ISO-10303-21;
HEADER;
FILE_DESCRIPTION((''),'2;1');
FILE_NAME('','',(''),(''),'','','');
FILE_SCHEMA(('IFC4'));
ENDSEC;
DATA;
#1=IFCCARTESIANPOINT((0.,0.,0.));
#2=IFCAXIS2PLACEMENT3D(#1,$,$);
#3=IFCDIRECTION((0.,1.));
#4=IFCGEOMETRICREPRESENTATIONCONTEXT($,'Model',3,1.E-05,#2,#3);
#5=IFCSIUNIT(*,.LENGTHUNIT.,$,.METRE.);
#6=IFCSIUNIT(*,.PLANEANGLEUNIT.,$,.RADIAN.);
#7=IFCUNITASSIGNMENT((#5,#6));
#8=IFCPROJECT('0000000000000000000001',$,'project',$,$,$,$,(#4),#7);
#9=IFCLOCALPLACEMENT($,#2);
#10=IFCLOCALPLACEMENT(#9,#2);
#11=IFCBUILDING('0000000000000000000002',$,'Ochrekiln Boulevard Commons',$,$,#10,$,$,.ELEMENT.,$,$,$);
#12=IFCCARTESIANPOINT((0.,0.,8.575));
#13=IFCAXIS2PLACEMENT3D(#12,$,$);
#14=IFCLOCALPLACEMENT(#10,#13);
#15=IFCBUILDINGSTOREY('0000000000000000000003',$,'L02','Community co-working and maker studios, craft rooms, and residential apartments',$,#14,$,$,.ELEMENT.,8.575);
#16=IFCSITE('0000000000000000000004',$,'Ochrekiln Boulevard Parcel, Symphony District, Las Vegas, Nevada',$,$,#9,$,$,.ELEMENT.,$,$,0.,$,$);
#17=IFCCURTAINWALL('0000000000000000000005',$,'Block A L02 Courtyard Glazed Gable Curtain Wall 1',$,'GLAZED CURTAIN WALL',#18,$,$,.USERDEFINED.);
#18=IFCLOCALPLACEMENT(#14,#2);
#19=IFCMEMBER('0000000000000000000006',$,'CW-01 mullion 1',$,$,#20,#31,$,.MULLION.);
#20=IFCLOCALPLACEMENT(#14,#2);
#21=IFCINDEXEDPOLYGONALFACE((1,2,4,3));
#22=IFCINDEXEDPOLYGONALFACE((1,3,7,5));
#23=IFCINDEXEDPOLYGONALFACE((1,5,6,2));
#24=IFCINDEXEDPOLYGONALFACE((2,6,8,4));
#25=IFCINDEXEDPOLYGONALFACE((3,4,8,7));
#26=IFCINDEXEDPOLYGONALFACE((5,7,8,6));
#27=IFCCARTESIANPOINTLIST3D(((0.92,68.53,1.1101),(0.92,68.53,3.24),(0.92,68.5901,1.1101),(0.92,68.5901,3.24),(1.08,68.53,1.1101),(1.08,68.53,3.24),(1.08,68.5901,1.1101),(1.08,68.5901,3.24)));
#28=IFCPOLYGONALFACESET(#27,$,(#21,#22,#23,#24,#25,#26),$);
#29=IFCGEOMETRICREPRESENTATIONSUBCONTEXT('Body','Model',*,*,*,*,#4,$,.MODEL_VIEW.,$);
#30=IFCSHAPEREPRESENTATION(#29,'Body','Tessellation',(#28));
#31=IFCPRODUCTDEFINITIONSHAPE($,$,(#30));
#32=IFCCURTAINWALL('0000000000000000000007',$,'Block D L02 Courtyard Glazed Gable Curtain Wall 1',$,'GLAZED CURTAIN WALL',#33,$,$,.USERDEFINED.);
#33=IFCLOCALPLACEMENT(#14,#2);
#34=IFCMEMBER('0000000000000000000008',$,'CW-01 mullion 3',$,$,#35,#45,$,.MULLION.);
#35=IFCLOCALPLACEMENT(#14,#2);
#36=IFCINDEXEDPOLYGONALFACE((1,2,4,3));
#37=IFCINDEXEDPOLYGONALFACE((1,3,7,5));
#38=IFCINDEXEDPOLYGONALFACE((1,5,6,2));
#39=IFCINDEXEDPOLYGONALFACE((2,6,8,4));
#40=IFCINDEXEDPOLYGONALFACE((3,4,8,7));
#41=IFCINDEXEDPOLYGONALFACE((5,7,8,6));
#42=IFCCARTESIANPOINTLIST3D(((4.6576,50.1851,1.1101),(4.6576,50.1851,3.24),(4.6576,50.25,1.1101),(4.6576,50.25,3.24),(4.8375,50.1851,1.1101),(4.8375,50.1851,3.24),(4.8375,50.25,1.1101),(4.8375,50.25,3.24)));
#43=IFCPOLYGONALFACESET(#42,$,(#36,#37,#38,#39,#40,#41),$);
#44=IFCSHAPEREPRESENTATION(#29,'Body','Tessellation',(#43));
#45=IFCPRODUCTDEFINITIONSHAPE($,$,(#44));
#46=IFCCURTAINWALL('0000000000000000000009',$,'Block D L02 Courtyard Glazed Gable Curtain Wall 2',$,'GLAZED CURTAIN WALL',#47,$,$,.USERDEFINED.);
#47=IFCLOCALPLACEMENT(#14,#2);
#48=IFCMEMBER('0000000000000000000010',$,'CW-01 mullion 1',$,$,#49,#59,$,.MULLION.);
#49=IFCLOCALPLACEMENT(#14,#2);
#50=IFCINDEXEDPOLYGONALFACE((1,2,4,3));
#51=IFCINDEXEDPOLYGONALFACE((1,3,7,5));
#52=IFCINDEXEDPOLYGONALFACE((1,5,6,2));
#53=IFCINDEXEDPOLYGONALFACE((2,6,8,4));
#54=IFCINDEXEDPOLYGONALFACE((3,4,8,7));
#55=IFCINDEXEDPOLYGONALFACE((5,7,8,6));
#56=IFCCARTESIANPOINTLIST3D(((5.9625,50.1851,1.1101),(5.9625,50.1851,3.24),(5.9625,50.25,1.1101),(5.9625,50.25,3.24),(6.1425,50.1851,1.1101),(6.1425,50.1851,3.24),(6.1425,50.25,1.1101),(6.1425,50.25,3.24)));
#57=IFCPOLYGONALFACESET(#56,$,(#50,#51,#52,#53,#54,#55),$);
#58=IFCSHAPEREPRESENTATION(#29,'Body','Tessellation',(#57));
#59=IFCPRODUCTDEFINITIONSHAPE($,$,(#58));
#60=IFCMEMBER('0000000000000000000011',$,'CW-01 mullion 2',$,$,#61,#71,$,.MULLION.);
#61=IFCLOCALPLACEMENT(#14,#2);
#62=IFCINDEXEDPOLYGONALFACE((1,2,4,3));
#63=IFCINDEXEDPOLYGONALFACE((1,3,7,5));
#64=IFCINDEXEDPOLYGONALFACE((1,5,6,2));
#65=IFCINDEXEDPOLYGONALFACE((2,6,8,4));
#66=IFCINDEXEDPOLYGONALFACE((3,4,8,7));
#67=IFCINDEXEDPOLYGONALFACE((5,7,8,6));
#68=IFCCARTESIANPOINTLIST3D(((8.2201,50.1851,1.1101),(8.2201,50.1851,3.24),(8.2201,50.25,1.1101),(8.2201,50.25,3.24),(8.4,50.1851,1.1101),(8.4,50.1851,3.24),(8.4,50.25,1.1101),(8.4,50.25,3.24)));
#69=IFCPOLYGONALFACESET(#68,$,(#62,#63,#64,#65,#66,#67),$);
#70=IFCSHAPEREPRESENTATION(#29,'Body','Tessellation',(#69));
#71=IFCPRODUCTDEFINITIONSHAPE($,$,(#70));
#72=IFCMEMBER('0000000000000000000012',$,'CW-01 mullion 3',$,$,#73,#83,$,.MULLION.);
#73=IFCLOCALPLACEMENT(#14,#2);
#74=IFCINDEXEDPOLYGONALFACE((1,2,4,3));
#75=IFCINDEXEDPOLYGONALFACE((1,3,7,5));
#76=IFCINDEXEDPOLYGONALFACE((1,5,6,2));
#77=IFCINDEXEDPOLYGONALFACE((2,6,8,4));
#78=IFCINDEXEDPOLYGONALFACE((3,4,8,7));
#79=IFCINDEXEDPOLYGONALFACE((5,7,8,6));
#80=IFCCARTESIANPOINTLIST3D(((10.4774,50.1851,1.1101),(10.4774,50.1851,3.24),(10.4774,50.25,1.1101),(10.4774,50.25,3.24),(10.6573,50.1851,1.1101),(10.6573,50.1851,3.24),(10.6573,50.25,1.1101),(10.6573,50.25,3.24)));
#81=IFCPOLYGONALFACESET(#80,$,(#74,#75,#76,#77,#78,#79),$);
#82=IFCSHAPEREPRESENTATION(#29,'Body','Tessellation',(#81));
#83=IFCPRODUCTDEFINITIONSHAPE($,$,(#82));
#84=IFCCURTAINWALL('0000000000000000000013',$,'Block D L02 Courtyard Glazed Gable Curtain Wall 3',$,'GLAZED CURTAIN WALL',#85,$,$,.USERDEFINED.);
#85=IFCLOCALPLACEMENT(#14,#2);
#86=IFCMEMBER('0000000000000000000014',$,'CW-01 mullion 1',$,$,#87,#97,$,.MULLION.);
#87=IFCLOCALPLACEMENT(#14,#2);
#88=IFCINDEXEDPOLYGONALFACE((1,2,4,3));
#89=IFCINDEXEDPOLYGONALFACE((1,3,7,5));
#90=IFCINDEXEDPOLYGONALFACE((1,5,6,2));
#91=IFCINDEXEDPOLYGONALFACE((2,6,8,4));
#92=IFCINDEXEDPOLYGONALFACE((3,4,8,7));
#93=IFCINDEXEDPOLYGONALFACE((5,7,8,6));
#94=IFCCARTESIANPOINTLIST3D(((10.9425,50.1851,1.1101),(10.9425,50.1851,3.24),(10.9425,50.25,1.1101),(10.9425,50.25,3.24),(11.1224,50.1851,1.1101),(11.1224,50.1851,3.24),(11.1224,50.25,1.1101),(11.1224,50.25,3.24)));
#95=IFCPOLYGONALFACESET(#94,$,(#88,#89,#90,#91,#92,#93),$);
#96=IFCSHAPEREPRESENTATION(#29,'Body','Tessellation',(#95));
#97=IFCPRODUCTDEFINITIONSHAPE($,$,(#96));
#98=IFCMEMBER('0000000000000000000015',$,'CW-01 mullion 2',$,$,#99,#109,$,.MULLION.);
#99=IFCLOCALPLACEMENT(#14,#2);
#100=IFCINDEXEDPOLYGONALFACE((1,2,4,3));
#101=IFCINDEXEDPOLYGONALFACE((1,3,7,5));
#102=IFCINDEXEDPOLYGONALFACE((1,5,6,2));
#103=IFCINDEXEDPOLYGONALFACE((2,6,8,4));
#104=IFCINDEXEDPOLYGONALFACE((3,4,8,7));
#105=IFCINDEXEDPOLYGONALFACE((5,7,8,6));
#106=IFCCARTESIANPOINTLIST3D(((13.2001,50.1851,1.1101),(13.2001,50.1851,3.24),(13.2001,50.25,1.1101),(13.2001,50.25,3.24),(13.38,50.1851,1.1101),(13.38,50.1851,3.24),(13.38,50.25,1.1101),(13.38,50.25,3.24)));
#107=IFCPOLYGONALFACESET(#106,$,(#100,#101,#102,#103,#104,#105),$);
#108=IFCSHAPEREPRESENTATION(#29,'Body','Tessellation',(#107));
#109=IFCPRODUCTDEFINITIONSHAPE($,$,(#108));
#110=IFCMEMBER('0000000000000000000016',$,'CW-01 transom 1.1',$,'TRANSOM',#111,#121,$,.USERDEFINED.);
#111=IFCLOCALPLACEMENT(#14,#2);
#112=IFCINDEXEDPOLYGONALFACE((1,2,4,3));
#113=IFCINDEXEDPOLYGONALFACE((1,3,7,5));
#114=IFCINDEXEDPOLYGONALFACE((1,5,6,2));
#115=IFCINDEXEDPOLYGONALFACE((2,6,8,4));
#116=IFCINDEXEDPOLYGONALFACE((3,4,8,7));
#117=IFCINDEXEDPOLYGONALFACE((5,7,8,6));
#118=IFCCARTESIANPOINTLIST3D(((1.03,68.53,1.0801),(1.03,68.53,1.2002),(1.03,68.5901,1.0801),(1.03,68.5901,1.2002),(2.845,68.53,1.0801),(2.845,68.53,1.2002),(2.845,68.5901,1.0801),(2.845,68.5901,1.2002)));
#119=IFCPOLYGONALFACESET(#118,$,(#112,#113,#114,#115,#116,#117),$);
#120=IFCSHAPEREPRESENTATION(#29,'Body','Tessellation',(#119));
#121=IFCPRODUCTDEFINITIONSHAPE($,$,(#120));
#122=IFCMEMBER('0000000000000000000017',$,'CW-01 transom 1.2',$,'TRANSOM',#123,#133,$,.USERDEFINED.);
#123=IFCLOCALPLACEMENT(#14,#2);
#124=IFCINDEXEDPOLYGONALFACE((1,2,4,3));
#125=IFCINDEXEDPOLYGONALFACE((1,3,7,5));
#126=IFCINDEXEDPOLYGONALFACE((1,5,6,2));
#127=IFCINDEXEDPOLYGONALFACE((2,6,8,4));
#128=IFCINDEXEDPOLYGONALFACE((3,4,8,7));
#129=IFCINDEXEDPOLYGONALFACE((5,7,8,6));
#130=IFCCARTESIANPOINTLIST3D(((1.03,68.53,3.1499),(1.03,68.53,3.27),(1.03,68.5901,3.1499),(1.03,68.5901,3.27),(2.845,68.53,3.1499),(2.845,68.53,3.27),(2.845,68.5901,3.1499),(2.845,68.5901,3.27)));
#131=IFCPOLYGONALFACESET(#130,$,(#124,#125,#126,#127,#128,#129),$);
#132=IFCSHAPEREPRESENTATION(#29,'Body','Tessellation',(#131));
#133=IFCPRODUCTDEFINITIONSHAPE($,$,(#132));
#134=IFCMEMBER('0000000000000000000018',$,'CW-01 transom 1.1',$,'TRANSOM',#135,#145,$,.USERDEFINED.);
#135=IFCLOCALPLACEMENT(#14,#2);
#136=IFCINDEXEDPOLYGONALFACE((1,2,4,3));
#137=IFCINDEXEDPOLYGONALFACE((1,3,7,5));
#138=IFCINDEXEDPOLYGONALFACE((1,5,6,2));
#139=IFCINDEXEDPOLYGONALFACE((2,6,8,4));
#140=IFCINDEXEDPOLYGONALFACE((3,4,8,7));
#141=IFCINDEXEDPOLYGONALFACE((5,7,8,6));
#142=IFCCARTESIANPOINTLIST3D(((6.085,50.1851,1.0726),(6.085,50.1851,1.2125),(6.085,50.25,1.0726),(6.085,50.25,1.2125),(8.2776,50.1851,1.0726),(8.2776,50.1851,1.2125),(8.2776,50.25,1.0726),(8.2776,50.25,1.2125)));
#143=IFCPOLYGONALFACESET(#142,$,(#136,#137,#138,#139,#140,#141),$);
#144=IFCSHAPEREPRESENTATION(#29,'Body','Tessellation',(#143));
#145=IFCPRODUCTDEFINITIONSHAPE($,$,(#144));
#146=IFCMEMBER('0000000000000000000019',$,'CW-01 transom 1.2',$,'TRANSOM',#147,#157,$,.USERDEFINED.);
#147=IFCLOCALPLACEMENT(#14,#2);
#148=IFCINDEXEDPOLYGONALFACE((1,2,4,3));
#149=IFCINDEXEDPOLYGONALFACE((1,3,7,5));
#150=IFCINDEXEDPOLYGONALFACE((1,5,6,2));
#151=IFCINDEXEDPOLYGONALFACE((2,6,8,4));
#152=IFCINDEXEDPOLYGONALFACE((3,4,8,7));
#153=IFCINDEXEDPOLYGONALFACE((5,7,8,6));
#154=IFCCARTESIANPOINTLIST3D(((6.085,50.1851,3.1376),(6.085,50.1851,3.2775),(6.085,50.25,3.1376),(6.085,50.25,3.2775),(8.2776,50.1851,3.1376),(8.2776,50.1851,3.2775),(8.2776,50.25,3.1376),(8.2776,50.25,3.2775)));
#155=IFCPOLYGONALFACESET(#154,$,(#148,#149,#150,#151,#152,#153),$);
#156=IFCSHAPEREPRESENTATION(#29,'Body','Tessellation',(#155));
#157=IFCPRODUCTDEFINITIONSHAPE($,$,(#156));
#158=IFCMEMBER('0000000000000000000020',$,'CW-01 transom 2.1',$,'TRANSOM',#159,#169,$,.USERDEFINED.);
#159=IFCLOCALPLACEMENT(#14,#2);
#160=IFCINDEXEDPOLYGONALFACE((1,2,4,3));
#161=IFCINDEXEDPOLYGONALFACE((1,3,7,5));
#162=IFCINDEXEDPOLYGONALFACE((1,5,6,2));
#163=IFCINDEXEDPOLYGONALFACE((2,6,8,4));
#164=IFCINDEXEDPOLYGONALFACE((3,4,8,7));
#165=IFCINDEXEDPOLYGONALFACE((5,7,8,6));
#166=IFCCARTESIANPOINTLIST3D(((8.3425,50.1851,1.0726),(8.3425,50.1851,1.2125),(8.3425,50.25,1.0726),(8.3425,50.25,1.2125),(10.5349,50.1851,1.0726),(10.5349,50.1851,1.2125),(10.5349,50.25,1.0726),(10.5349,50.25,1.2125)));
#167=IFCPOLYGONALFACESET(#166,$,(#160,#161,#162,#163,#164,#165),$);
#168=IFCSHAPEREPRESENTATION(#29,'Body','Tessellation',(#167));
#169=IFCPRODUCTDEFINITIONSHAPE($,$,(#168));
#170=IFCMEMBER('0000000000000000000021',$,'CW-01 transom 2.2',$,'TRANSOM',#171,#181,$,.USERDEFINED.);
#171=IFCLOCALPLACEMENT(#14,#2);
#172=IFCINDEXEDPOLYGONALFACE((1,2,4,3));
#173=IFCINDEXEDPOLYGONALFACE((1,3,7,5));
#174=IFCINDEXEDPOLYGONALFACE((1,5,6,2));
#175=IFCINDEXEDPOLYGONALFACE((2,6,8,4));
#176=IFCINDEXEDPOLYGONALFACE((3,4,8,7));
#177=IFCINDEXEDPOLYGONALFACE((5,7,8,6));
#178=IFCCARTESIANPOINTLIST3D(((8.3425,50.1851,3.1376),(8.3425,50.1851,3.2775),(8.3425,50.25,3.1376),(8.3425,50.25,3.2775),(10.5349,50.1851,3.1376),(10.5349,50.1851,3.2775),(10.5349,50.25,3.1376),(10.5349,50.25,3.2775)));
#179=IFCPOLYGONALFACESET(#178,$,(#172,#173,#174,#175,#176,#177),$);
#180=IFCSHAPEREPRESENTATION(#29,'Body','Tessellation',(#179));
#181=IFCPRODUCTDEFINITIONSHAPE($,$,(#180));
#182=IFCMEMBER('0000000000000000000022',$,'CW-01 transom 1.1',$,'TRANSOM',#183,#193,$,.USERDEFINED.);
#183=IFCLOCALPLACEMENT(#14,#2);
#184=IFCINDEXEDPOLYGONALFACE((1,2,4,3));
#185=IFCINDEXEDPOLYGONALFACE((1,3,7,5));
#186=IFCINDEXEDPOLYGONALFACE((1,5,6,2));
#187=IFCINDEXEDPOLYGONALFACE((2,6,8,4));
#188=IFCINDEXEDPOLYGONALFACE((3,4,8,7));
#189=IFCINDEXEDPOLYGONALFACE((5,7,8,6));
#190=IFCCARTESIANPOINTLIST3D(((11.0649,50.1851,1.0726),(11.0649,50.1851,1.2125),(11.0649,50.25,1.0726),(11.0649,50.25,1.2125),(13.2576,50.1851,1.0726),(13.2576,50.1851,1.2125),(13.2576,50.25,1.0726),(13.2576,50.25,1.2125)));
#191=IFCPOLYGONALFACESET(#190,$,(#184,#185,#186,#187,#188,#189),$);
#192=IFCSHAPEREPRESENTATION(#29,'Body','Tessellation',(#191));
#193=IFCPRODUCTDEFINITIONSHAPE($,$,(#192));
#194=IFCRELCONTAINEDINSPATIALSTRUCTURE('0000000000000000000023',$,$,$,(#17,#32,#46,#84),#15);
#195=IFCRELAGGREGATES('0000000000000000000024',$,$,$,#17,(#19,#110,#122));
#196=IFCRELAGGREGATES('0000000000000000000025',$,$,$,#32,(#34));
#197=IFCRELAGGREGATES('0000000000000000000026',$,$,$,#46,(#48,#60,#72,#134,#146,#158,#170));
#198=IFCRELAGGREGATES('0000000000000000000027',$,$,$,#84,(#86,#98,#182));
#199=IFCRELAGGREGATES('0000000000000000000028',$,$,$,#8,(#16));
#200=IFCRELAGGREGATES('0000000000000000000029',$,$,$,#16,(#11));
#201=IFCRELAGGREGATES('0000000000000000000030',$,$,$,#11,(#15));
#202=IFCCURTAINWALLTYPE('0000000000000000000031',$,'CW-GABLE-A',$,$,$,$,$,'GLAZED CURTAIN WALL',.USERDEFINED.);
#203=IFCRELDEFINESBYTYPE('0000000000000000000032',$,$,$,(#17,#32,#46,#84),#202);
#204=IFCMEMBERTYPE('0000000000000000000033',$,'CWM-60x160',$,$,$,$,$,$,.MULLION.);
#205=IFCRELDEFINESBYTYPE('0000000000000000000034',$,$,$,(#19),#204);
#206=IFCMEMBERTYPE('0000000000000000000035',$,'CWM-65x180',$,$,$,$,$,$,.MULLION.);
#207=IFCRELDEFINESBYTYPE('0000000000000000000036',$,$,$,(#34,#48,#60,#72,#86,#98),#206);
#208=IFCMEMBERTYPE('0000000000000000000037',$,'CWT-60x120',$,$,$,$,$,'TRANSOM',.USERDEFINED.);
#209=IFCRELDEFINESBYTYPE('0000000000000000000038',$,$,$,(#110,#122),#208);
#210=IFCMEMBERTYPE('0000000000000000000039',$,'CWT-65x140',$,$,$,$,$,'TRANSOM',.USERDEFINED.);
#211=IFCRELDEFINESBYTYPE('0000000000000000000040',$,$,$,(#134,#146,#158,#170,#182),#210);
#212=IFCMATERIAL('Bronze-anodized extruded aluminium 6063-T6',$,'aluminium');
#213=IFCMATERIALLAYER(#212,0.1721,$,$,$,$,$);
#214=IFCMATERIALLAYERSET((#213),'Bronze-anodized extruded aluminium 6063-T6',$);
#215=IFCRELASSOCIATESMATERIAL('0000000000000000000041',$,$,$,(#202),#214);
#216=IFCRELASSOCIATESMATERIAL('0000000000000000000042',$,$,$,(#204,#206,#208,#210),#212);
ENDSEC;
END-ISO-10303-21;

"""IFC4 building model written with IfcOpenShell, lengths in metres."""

from ifc_helpers import new_model, si_unit, direction, frame, origin, origin_2d, place, context, subcontext, project, spatial, rectangle, extrude, material, layer, layer_set, material_profile, profile_set, type_object, element, aggregate, save


model = new_model("IFC4")

# Units and contexts
model_context = context("Model", 3, precision=1e-05, world=origin(), true_north=direction((0.0, 1.0)))
body_context = subcontext(model_context, "Body", "Model", "MODEL_VIEW")
ifc_project = project(units=[si_unit("LENGTHUNIT", "METRE"), si_unit("PLANEANGLEUNIT", "RADIAN")], contexts=[model_context])

# Site, building, storey
site_placement = place(None, origin())
site = spatial("IfcSite", under=ifc_project, at=site_placement, Name="Ochrekiln Boulevard Parcel, Symphony District, Las Vegas, Nevada", CompositionType="ELEMENT", RefElevation=0.0)
building_placement = place(site_placement, origin())
building = spatial("IfcBuilding", under=site, at=building_placement, Name="Ochrekiln Boulevard Commons", CompositionType="ELEMENT")
storey_placement = place(building_placement, frame((0.0, 0.0, 8.575)))
storey = spatial("IfcBuildingStorey", under=building, at=storey_placement, Name="L02", Description="Community co-working and maker studios, craft rooms, and residential apartments", CompositionType="ELEMENT", Elevation=8.575)

# Curtain walls, members
ifc_material_1 = material(Name="Bronze-anodized extruded aluminium 6063-T6", Category="aluminium")
ifc_layer_1 = layer(ifc_material_1, 0.1721)
ifc_layer_set_1 = layer_set([ifc_layer_1], Name="Bronze-anodized extruded aluminium 6063-T6")
curtain_wall_type = type_object("IfcCurtainWallType", Name="CW-GABLE-A", ElementType="GLAZED CURTAIN WALL", PredefinedType="USERDEFINED", material=ifc_layer_set_1)
curtain_wall_1_placement = place(storey_placement, origin())
curtain_wall_1 = element("IfcCurtainWall", 1, at=curtain_wall_1_placement, inside=storey, type_object=curtain_wall_type, Name="Block A L02 Courtyard Glazed Gable Curtain Wall 1", ObjectType="GLAZED CURTAIN WALL", PredefinedType="USERDEFINED")
ifc_material_profile_1 = material_profile(ifc_material_1, rectangle(XDim=0.0601, YDim=0.1599, at=origin_2d()), Name="ALU-MUL-60x160")
ifc_profile_set_1 = profile_set([ifc_material_profile_1], Name="Bronze-anodized extruded aluminium 6063-T6")
member_type_1 = type_object("IfcMemberType", Name="CWM-60x160", PredefinedType="MULLION", material=ifc_profile_set_1)
member_1_placement = place(storey_placement, frame((1.0, 68.5601, 1.1101), z_axis=(0.0, 0.0, 1.0), x_axis=(0.0, 1.0, 0.0)))
member_1 = element("IfcMember", 2, at=member_1_placement, type_object=member_type_1, Name="CW-01 mullion 1", PredefinedType="MULLION", context=body_context, shape_type="SweptSolid", body=[
    extrude(rectangle(XDim=0.0601, YDim=0.1599, at=origin_2d()), origin(), (0.0, 0.0, 1.0), 2.1299),
])
curtain_wall_2_placement = place(storey_placement, origin())
curtain_wall_2 = element("IfcCurtainWall", 3, at=curtain_wall_2_placement, inside=storey, type_object=curtain_wall_type, Name="Block D L02 Courtyard Glazed Gable Curtain Wall 1", ObjectType="GLAZED CURTAIN WALL", PredefinedType="USERDEFINED")
ifc_material_profile_2 = material_profile(ifc_material_1, rectangle(XDim=0.0649, YDim=0.1799, at=origin_2d()), Name="ALU-MUL-65x180")
ifc_profile_set_2 = profile_set([ifc_material_profile_2], Name="Bronze-anodized extruded aluminium 6063-T6")
member_type_2 = type_object("IfcMemberType", Name="CWM-65x180", PredefinedType="MULLION", material=ifc_profile_set_2)
member_2_placement = place(storey_placement, frame((4.7476, 50.2175, 1.1101), z_axis=(0.0, 0.0, 1.0), x_axis=(0.0, 1.0, 0.0)))
member_2 = element("IfcMember", 4, at=member_2_placement, type_object=member_type_2, Name="CW-01 mullion 3", PredefinedType="MULLION", context=body_context, shape_type="SweptSolid", body=[
    extrude(rectangle(XDim=0.0649, YDim=0.1799, at=origin_2d()), origin(), (0.0, 0.0, 1.0), 2.1299),
])

# Curtain walls, members
curtain_wall_3_placement = place(storey_placement, origin())
curtain_wall_3 = element("IfcCurtainWall", 5, at=curtain_wall_3_placement, inside=storey, type_object=curtain_wall_type, Name="Block D L02 Courtyard Glazed Gable Curtain Wall 2", ObjectType="GLAZED CURTAIN WALL", PredefinedType="USERDEFINED")
member_3_placement = place(storey_placement, frame((6.0525, 50.2175, 1.1101), z_axis=(0.0, 0.0, 1.0), x_axis=(0.0, 1.0, 0.0)))
member_3 = element("IfcMember", 6, at=member_3_placement, type_object=member_type_2, Name="CW-01 mullion 1", PredefinedType="MULLION", context=body_context, shape_type="SweptSolid", body=[
    extrude(rectangle(XDim=0.0649, YDim=0.1799, at=origin_2d()), origin(), (0.0, 0.0, 1.0), 2.1299),
])
member_4_placement = place(storey_placement, frame((8.3101, 50.2175, 1.1101), z_axis=(0.0, 0.0, 1.0), x_axis=(0.0, 1.0, 0.0)))
member_4 = element("IfcMember", 7, at=member_4_placement, type_object=member_type_2, Name="CW-01 mullion 2", PredefinedType="MULLION", context=body_context, shape_type="SweptSolid", body=[
    extrude(rectangle(XDim=0.0649, YDim=0.1799, at=origin_2d()), origin(), (0.0, 0.0, 1.0), 2.1299),
])
member_5_placement = place(storey_placement, frame((10.5674, 50.2175, 1.1101), z_axis=(0.0, 0.0, 1.0), x_axis=(0.0, 1.0, 0.0)))
member_5 = element("IfcMember", 8, at=member_5_placement, type_object=member_type_2, Name="CW-01 mullion 3", PredefinedType="MULLION", context=body_context, shape_type="SweptSolid", body=[
    extrude(rectangle(XDim=0.0649, YDim=0.1799, at=origin_2d()), origin(), (0.0, 0.0, 1.0), 2.1299),
])
curtain_wall_4_placement = place(storey_placement, origin())
curtain_wall_4 = element("IfcCurtainWall", 9, at=curtain_wall_4_placement, inside=storey, type_object=curtain_wall_type, Name="Block D L02 Courtyard Glazed Gable Curtain Wall 3", ObjectType="GLAZED CURTAIN WALL", PredefinedType="USERDEFINED")
member_6_placement = place(storey_placement, frame((11.0325, 50.2175, 1.1101), z_axis=(0.0, 0.0, 1.0), x_axis=(0.0, 1.0, 0.0)))
member_6 = element("IfcMember", 10, at=member_6_placement, type_object=member_type_2, Name="CW-01 mullion 1", PredefinedType="MULLION", context=body_context, shape_type="SweptSolid", body=[
    extrude(rectangle(XDim=0.0649, YDim=0.1799, at=origin_2d()), origin(), (0.0, 0.0, 1.0), 2.1299),
])
member_7_placement = place(storey_placement, frame((13.29, 50.2175, 1.1101), z_axis=(0.0, 0.0, 1.0), x_axis=(0.0, 1.0, 0.0)))
member_7 = element("IfcMember", 11, at=member_7_placement, type_object=member_type_2, Name="CW-01 mullion 2", PredefinedType="MULLION", context=body_context, shape_type="SweptSolid", body=[
    extrude(rectangle(XDim=0.0649, YDim=0.1799, at=origin_2d()), origin(), (0.0, 0.0, 1.0), 2.1299),
])

# Members
ifc_material_profile_3 = material_profile(ifc_material_1, rectangle(XDim=0.0601, YDim=0.1201, at=origin_2d()), Name="ALU-TRN-60x120")
ifc_profile_set_3 = profile_set([ifc_material_profile_3], Name="Bronze-anodized extruded aluminium 6063-T6")
member_type_3 = type_object("IfcMemberType", Name="CWT-60x120", ElementType="TRANSOM", PredefinedType="USERDEFINED", material=ifc_profile_set_3)
member_8_placement = place(storey_placement, frame((1.03, 68.5601, 1.1401), z_axis=(1.0, 0.0, 0.0), x_axis=(0.0, 1.0, 0.0)))
member_8 = element("IfcMember", 12, at=member_8_placement, type_object=member_type_3, Name="CW-01 transom 1.1", ObjectType="TRANSOM", PredefinedType="USERDEFINED", context=body_context, shape_type="SweptSolid", body=[
    extrude(rectangle(XDim=0.0601, YDim=0.1201, at=origin_2d()), origin(), (0.0, 0.0, 1.0), 1.8149),
])
member_9_placement = place(storey_placement, frame((1.03, 68.5601, 3.21), z_axis=(1.0, 0.0, 0.0), x_axis=(0.0, 1.0, 0.0)))
member_9 = element("IfcMember", 13, at=member_9_placement, type_object=member_type_3, Name="CW-01 transom 1.2", ObjectType="TRANSOM", PredefinedType="USERDEFINED", context=body_context, shape_type="SweptSolid", body=[
    extrude(rectangle(XDim=0.0601, YDim=0.1201, at=origin_2d()), origin(), (0.0, 0.0, 1.0), 1.8149),
])
ifc_material_profile_4 = material_profile(ifc_material_1, rectangle(XDim=0.0649, YDim=0.1399, at=origin_2d()), Name="ALU-TRN-65x140")
ifc_profile_set_4 = profile_set([ifc_material_profile_4], Name="Bronze-anodized extruded aluminium 6063-T6")
member_type_4 = type_object("IfcMemberType", Name="CWT-65x140", ElementType="TRANSOM", PredefinedType="USERDEFINED", material=ifc_profile_set_4)
member_10_placement = place(storey_placement, frame((6.085, 50.2175, 1.1426), z_axis=(1.0, 0.0, 0.0), x_axis=(0.0, 1.0, 0.0)))
member_10 = element("IfcMember", 14, at=member_10_placement, type_object=member_type_4, Name="CW-01 transom 1.1", ObjectType="TRANSOM", PredefinedType="USERDEFINED", context=body_context, shape_type="SweptSolid", body=[
    extrude(rectangle(XDim=0.0649, YDim=0.1399, at=origin_2d()), origin(), (0.0, 0.0, 1.0), 2.1926),
])
member_11_placement = place(storey_placement, frame((6.085, 50.2175, 3.2075), z_axis=(1.0, 0.0, 0.0), x_axis=(0.0, 1.0, 0.0)))
member_11 = element("IfcMember", 15, at=member_11_placement, type_object=member_type_4, Name="CW-01 transom 1.2", ObjectType="TRANSOM", PredefinedType="USERDEFINED", context=body_context, shape_type="SweptSolid", body=[
    extrude(rectangle(XDim=0.0649, YDim=0.1399, at=origin_2d()), origin(), (0.0, 0.0, 1.0), 2.1926),
])
member_12_placement = place(storey_placement, frame((8.3425, 50.2175, 1.1426), z_axis=(1.0, 0.0, 0.0), x_axis=(0.0, 1.0, 0.0)))
member_12 = element("IfcMember", 16, at=member_12_placement, type_object=member_type_4, Name="CW-01 transom 2.1", ObjectType="TRANSOM", PredefinedType="USERDEFINED", context=body_context, shape_type="SweptSolid", body=[
    extrude(rectangle(XDim=0.0649, YDim=0.1399, at=origin_2d()), origin(), (0.0, 0.0, 1.0), 2.1924),
])
member_13_placement = place(storey_placement, frame((8.3425, 50.2175, 3.2075), z_axis=(1.0, 0.0, 0.0), x_axis=(0.0, 1.0, 0.0)))
member_13 = element("IfcMember", 17, at=member_13_placement, type_object=member_type_4, Name="CW-01 transom 2.2", ObjectType="TRANSOM", PredefinedType="USERDEFINED", context=body_context, shape_type="SweptSolid", body=[
    extrude(rectangle(XDim=0.0649, YDim=0.1399, at=origin_2d()), origin(), (0.0, 0.0, 1.0), 2.1924),
])
member_14_placement = place(storey_placement, frame((11.0649, 50.2175, 1.1426), z_axis=(1.0, 0.0, 0.0), x_axis=(0.0, 1.0, 0.0)))
member_14 = element("IfcMember", 18, at=member_14_placement, type_object=member_type_4, Name="CW-01 transom 1.1", ObjectType="TRANSOM", PredefinedType="USERDEFINED", context=body_context, shape_type="SweptSolid", body=[
    extrude(rectangle(XDim=0.0649, YDim=0.1399, at=origin_2d()), origin(), (0.0, 0.0, 1.0), 2.1926),
])

aggregate(curtain_wall_1, [member_1, member_8, member_9])
aggregate(curtain_wall_2, [member_2])
aggregate(curtain_wall_3, [member_3, member_4, member_5, member_10, member_11, member_12, member_13])
aggregate(curtain_wall_4, [member_6, member_7, member_14])

save(model, "model.ifc")
